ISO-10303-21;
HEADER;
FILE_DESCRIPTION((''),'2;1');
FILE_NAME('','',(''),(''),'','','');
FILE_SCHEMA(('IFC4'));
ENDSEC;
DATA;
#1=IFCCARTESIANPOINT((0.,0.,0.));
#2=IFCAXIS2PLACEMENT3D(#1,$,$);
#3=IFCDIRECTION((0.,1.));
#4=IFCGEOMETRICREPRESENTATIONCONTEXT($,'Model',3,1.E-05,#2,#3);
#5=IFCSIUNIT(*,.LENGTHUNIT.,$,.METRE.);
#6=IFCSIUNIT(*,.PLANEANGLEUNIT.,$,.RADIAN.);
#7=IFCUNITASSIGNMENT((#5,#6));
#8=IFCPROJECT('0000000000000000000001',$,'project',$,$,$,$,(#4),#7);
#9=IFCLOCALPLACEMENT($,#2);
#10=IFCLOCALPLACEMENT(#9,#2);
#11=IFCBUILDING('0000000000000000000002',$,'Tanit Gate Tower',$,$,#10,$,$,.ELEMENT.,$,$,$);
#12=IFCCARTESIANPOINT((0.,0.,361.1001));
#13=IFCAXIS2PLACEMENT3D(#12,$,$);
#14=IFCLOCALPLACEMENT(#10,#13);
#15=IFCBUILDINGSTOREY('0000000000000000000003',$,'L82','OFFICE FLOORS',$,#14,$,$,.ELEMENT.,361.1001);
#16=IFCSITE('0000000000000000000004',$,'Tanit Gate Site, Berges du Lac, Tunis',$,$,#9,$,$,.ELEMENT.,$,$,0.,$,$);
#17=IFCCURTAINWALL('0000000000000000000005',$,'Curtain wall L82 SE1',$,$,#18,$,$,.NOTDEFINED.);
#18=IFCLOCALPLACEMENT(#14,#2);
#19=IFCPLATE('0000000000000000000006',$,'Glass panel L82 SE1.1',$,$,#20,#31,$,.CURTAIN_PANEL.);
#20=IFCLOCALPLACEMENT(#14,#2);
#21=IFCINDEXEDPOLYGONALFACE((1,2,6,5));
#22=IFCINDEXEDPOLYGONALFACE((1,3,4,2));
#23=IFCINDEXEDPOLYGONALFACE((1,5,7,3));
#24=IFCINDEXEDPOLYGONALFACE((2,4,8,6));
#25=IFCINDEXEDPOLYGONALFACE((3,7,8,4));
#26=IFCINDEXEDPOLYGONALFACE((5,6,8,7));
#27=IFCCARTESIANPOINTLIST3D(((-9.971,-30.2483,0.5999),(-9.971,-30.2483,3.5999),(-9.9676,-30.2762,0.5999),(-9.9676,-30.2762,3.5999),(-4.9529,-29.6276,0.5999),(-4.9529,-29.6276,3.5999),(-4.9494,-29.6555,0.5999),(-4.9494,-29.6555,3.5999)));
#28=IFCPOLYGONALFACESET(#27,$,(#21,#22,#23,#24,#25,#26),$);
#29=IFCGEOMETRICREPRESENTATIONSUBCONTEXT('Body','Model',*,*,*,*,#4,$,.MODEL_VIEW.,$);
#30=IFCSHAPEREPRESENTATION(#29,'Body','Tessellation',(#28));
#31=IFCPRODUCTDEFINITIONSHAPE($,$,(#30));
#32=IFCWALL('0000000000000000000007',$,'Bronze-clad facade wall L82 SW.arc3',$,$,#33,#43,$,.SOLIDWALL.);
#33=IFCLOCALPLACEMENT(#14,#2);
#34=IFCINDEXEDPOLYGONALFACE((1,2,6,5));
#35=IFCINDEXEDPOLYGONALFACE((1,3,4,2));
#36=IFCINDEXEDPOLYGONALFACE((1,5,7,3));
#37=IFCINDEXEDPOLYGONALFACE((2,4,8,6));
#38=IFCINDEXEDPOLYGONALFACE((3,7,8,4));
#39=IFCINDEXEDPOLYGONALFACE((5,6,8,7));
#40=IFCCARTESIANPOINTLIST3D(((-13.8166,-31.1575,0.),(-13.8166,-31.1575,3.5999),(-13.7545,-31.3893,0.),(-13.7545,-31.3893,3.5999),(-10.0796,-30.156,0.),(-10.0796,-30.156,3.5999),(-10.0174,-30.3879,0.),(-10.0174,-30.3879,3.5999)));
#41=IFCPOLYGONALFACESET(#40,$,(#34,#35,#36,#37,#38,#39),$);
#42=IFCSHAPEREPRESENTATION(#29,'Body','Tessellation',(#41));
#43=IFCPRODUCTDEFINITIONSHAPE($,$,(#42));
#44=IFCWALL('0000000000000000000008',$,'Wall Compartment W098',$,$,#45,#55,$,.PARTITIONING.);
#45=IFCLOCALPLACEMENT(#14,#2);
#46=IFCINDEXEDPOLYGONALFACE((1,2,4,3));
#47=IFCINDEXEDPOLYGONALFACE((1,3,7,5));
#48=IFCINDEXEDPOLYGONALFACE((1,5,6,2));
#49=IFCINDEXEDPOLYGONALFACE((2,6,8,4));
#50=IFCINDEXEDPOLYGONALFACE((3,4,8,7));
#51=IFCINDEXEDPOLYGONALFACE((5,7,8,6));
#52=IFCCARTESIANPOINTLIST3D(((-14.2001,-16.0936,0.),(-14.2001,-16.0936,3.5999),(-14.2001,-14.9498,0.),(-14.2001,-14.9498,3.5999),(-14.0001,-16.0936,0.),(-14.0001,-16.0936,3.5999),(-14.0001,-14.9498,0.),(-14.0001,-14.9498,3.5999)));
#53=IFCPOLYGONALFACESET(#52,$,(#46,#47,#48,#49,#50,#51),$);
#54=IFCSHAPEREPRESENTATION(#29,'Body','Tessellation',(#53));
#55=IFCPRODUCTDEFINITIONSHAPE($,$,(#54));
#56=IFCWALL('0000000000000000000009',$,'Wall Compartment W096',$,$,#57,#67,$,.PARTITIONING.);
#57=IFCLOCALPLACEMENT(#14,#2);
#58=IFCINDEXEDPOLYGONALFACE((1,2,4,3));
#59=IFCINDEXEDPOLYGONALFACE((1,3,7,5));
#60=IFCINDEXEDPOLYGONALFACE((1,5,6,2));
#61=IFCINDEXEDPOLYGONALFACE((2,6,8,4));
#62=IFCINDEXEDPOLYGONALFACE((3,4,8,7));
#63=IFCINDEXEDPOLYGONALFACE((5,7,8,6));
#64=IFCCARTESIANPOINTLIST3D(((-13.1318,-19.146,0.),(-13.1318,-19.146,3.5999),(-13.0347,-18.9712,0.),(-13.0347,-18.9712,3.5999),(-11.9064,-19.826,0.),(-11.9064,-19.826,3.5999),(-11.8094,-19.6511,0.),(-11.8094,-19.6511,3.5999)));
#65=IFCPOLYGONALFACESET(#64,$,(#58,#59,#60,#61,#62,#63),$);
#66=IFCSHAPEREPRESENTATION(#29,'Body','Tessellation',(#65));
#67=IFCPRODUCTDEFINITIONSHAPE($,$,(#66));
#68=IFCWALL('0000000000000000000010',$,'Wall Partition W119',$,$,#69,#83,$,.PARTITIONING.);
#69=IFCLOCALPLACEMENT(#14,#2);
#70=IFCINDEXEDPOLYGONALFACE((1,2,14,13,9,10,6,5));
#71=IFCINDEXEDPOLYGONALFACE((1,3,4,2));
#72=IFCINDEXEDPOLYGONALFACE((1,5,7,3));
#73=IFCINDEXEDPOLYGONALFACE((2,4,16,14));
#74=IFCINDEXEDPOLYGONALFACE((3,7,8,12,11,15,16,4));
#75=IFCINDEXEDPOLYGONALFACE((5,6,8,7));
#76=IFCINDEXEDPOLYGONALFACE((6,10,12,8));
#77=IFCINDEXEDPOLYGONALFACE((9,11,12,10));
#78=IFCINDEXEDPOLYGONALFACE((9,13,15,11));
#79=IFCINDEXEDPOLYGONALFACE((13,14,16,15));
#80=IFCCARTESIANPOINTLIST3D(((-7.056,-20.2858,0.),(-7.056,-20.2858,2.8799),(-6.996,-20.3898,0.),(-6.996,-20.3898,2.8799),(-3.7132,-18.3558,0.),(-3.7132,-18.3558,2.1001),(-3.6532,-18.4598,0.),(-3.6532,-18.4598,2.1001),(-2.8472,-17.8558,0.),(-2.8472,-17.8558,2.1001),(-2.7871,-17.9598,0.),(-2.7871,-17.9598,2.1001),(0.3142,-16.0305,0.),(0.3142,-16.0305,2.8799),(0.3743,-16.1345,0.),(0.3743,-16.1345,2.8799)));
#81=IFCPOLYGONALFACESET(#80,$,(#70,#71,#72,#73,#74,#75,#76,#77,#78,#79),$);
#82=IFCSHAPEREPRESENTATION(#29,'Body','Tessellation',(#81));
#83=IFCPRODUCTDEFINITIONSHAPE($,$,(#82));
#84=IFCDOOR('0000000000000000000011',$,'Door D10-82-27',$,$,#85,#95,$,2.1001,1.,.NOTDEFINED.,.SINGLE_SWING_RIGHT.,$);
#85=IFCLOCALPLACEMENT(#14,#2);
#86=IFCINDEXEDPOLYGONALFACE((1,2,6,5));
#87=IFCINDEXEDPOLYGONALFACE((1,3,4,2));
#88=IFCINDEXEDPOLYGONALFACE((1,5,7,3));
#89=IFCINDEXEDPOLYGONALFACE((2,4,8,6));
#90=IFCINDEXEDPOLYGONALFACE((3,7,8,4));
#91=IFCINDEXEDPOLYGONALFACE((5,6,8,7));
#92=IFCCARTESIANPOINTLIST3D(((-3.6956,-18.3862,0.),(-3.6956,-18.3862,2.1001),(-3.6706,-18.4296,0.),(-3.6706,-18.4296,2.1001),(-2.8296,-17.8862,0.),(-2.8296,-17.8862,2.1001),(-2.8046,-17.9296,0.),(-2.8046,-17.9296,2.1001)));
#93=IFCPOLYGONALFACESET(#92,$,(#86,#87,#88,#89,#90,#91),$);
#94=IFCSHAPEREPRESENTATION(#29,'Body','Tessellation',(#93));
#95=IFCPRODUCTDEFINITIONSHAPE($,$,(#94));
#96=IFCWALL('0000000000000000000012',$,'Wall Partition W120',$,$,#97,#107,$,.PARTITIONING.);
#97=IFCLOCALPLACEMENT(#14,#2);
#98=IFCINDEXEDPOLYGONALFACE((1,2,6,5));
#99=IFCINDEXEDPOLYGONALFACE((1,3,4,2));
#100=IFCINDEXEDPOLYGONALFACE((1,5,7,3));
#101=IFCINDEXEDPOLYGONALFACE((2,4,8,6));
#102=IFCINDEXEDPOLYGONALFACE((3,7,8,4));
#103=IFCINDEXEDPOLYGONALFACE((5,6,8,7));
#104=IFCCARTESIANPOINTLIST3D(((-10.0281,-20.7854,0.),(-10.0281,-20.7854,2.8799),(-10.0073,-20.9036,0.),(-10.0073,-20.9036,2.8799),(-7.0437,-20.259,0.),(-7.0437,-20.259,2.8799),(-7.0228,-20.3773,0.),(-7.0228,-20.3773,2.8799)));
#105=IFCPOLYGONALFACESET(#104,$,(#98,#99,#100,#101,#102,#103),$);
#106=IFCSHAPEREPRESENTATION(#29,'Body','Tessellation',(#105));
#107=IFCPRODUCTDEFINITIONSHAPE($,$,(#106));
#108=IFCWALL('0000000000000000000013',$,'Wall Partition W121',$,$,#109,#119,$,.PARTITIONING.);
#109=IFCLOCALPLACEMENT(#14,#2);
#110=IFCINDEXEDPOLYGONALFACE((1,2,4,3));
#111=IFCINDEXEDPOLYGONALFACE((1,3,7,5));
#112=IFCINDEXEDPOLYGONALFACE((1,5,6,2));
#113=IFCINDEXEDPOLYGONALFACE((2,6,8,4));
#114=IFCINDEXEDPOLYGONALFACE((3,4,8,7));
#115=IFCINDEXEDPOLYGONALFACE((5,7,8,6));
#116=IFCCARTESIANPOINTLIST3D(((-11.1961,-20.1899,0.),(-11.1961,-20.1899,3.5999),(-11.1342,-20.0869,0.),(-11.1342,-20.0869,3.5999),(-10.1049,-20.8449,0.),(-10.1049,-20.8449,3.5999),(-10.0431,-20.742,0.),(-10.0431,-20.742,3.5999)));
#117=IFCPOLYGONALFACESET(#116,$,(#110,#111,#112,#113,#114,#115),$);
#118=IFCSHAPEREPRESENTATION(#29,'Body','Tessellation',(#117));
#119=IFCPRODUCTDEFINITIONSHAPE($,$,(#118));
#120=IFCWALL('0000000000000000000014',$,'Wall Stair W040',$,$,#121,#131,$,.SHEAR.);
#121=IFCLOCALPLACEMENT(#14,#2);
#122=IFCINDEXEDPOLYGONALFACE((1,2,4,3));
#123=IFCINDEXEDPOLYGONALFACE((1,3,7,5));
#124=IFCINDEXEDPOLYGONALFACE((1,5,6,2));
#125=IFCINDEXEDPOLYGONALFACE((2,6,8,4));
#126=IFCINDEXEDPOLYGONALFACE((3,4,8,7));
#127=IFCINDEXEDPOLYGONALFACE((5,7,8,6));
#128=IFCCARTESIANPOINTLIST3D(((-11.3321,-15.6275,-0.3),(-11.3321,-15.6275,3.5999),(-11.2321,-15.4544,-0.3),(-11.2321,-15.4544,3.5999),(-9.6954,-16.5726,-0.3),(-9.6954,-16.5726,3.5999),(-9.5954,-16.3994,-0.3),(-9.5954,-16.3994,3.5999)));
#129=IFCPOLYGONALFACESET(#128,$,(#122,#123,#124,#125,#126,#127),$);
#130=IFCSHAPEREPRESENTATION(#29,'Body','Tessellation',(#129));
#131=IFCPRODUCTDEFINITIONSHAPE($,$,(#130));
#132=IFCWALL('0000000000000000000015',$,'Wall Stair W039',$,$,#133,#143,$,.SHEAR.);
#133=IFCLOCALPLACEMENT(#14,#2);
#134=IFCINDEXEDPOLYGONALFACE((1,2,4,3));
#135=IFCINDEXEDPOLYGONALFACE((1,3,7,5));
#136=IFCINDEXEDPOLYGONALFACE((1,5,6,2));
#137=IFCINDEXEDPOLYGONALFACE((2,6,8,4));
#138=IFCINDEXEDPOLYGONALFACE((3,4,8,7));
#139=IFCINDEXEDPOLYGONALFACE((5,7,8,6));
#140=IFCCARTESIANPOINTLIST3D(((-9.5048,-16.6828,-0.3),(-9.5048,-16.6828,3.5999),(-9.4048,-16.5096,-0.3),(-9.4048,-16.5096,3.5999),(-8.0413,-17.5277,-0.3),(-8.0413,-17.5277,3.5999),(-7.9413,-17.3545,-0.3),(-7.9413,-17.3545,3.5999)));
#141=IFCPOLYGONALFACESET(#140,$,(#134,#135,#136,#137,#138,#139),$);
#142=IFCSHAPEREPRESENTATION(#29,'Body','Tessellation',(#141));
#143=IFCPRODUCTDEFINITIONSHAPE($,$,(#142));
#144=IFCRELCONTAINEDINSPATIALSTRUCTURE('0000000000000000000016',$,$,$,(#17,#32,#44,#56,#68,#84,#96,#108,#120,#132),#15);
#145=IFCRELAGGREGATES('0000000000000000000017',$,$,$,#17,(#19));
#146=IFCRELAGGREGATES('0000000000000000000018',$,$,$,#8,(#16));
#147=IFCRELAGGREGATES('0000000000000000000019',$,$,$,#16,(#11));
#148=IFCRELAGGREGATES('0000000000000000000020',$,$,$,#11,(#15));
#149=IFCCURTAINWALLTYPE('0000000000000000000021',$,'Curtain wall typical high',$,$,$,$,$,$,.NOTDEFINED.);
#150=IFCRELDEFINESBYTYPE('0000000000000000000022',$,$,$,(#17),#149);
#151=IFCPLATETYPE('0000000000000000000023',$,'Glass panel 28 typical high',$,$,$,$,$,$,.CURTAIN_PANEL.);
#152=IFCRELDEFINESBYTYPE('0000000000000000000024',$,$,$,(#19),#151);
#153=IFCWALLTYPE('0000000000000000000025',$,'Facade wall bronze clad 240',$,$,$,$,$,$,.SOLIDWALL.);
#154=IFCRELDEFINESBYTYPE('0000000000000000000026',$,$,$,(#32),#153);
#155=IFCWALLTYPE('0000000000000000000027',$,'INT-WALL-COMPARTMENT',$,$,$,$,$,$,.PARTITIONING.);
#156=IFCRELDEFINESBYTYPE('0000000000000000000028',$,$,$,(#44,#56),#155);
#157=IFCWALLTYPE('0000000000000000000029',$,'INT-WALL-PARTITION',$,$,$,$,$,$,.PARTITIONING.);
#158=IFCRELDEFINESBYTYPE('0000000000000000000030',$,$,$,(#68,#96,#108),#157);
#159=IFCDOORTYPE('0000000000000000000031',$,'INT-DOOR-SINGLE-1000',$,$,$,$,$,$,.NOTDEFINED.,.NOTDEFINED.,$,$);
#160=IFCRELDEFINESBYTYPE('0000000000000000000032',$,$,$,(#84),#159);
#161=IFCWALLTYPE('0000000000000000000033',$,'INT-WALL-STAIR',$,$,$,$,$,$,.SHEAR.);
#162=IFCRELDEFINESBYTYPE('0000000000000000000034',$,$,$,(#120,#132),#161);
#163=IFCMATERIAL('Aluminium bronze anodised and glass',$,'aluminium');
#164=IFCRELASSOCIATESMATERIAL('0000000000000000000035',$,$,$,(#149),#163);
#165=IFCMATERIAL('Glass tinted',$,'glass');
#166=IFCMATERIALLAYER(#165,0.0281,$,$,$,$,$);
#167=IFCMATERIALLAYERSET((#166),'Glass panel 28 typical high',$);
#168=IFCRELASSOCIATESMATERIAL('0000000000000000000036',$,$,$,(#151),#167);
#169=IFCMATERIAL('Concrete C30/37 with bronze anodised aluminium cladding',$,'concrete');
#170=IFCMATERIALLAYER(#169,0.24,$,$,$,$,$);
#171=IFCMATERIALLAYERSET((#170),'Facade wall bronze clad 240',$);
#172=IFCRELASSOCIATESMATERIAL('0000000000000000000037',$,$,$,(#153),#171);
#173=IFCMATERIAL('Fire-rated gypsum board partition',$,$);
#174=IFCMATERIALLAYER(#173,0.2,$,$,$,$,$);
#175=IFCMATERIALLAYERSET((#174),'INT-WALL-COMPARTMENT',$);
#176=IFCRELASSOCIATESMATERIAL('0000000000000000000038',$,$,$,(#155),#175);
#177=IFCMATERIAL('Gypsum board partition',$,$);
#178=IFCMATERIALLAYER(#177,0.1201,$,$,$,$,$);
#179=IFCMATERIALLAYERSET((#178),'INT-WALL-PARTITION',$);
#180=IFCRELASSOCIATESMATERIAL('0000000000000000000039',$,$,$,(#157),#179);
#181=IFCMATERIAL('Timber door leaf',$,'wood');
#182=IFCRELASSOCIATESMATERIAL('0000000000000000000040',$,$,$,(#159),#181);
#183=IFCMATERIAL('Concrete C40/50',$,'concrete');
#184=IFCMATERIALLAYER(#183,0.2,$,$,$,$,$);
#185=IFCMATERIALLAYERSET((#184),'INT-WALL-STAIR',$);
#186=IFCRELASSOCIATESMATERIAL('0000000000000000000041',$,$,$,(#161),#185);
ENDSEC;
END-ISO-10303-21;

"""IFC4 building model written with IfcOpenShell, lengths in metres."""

from ifc_helpers import new_model, si_unit, direction, frame, frame_2d, origin, origin_2d, place, context, subcontext, project, spatial, rectangle, extrude, material, layer, layer_set, type_object, element, fill, aggregate, save


model = new_model("IFC4")

# Units and contexts
model_context = context("Model", 3, precision=1e-05, world=origin(), true_north=direction((0.0, 1.0)))
body_context = subcontext(model_context, "Body", "Model", "MODEL_VIEW")
ifc_project = project(units=[si_unit("LENGTHUNIT", "METRE"), si_unit("PLANEANGLEUNIT", "RADIAN")], contexts=[model_context])

# Site, building, storey
site_placement = place(None, origin())
site = spatial("IfcSite", under=ifc_project, at=site_placement, Name="Tanit Gate Site, Berges du Lac, Tunis", CompositionType="ELEMENT", RefElevation=0.0)
building_placement = place(site_placement, origin())
building = spatial("IfcBuilding", under=site, at=building_placement, Name="Tanit Gate Tower", CompositionType="ELEMENT")
storey_placement = place(building_placement, frame((0.0, 0.0, 361.1001)))
storey = spatial("IfcBuildingStorey", under=building, at=storey_placement, Name="L82", Description="OFFICE FLOORS", CompositionType="ELEMENT", Elevation=361.1001)

# Curtain wall
ifc_material_1 = material(Name="Aluminium bronze anodised and glass", Category="aluminium")
curtain_wall_type = type_object("IfcCurtainWallType", Name="Curtain wall typical high", PredefinedType="NOTDEFINED", material=ifc_material_1)
curtain_wall_placement = place(storey_placement, origin())
curtain_wall = element("IfcCurtainWall", 1, at=curtain_wall_placement, inside=storey, type_object=curtain_wall_type, Name="Curtain wall L82 SE1", PredefinedType="NOTDEFINED")

# Plate
ifc_material_2 = material(Name="Glass tinted", Category="glass")
ifc_layer_1 = layer(ifc_material_2, 0.0281)
ifc_layer_set_1 = layer_set([ifc_layer_1], Name="Glass panel 28 typical high")
plate_type = type_object("IfcPlateType", Name="Glass panel 28 typical high", PredefinedType="CURTAIN_PANEL", material=ifc_layer_set_1)
plate_placement = place(storey_placement, frame((-7.4602, -29.9519, 0.5999), z_axis=(0.0, 0.0, 1.0), x_axis=(0.992436, 0.122759, 0.0)))
plate = element("IfcPlate", 2, at=plate_placement, type_object=plate_type, Name="Glass panel L82 SE1.1", PredefinedType="CURTAIN_PANEL", context=body_context, shape_type="SweptSolid", body=[
    extrude(rectangle(XDim=5.0564, YDim=0.0281, at=origin_2d()), origin(), (0.0, 0.0, 1.0), 3.0),
])
aggregate(curtain_wall, [plate])

# Walls
ifc_material_3 = material(Name="Concrete C30/37 with bronze anodised aluminium cladding", Category="concrete")
ifc_layer_2 = layer(ifc_material_3, 0.24)
ifc_layer_set_2 = layer_set([ifc_layer_2], Name="Facade wall bronze clad 240")
wall_type_1 = type_object("IfcWallType", Name="Facade wall bronze clad 240", PredefinedType="SOLIDWALL", material=ifc_layer_set_2)
wall_1_placement = place(storey_placement, frame((-13.7856, -31.2734, 0.0), z_axis=(0.0, 0.0, 1.0), x_axis=(0.965918, 0.258849, 0.0)))
element("IfcWall", 3, at=wall_1_placement, inside=storey, type_object=wall_type_1, Name="Bronze-clad facade wall L82 SW.arc3", PredefinedType="SOLIDWALL", context=body_context, shape_type="SweptSolid", body=[
    extrude(rectangle(XDim=3.8689, YDim=0.24, at=frame_2d((1.9346, 0.0))), origin(), (0.0, 0.0, 1.0), 3.5999),
])
ifc_material_4 = material(Name="Fire-rated gypsum board partition")
ifc_layer_3 = layer(ifc_material_4, 0.2)
ifc_layer_set_3 = layer_set([ifc_layer_3], Name="INT-WALL-COMPARTMENT")
wall_type_2 = type_object("IfcWallType", Name="INT-WALL-COMPARTMENT", PredefinedType="PARTITIONING", material=ifc_layer_set_3)
wall_2_placement = place(storey_placement, frame((-14.1001, -14.95, 0.0), z_axis=(0.0, 0.0, 1.0), x_axis=(0.0, -1.0, 0.0)))
element("IfcWall", 4, at=wall_2_placement, inside=storey, type_object=wall_type_2, Name="Wall Compartment W098", PredefinedType="PARTITIONING", context=body_context, shape_type="SweptSolid", body=[
    extrude(rectangle(XDim=1.1438, YDim=0.2, at=frame_2d((0.5718, 0.0))), origin(), (0.0, 0.0, 1.0), 3.5999),
])
wall_3_placement = place(storey_placement, frame((-13.0833, -19.0586, 0.0), z_axis=(0.0, 0.0, 1.0), x_axis=(0.874404, -0.485199, 0.0)))
element("IfcWall", 5, at=wall_3_placement, inside=storey, type_object=wall_type_2, Name="Wall Compartment W096", PredefinedType="PARTITIONING", context=body_context, shape_type="SweptSolid", body=[
    extrude(rectangle(XDim=1.4014, YDim=0.2, at=frame_2d((0.7007, 0.0))), origin(), (0.0, 0.0, 1.0), 3.5999),
])

# Wall, opening, door
ifc_material_5 = material(Name="Gypsum board partition")
ifc_layer_4 = layer(ifc_material_5, 0.1201)
ifc_layer_set_4 = layer_set([ifc_layer_4], Name="INT-WALL-PARTITION")
wall_type_3 = type_object("IfcWallType", Name="INT-WALL-PARTITION", PredefinedType="PARTITIONING", material=ifc_layer_set_4)
wall_4_placement = place(storey_placement, frame((-7.0261, -20.3379, 0.0), z_axis=(0.0, 0.0, 1.0), x_axis=(0.866021, 0.500008, 0.0)))
wall_4 = element("IfcWall", 6, at=wall_4_placement, inside=storey, type_object=wall_type_3, Name="Wall Partition W119", PredefinedType="PARTITIONING", context=body_context, shape_type="SweptSolid", body=[
    extrude(rectangle(XDim=8.5105, YDim=0.1201, at=frame_2d((4.2554, 0.0))), origin(), (0.0, 0.0, 1.0), 2.8799),
])
opening_1_placement = place(wall_4_placement, frame((3.8601, 0.0, 0.0)))
opening_1 = element("IfcOpeningElement", 7, at=opening_1_placement, cuts=wall_4, PredefinedType="OPENING", context=body_context, shape_type="SweptSolid", body=[
    extrude(rectangle(XDim=1.0, YDim=2.1001, at=frame_2d((0.5, 1.05))), frame((0.0, 0.0701, 0.0), z_axis=(0.0, -1.0, 0.0), x_axis=(1.0, 0.0, 0.0)), (0.0, 0.0, 1.0), 0.1401),
])
ifc_material_6 = material(Name="Timber door leaf", Category="wood")
door_type_1 = type_object("IfcDoorType", Name="INT-DOOR-SINGLE-1000", OperationType="NOTDEFINED", PredefinedType="NOTDEFINED", material=ifc_material_6)
door_1_placement = place(opening_1_placement, origin())
door_1 = element("IfcDoor", 8, at=door_1_placement, inside=storey, type_object=door_type_1, Name="Door D10-82-27", OperationType="SINGLE_SWING_RIGHT", OverallHeight=2.1001, OverallWidth=1.0, PredefinedType="NOTDEFINED", context=body_context, shape_type="SweptSolid", body=[
    extrude(rectangle(XDim=1.0, YDim=2.1001, at=frame_2d((0.5, 1.05))), frame((0.0, 0.0249, 0.0), z_axis=(0.0, -1.0, 0.0), x_axis=(1.0, 0.0, 0.0)), (0.0, 0.0, 1.0), 0.05),
])
fill(opening_1, door_1)

# Walls
wall_5_placement = place(storey_placement, frame((-10.0176, -20.8445, 0.0), z_axis=(0.0, 0.0, 1.0), x_axis=(0.9848, 0.173693, 0.0)))
element("IfcWall", 9, at=wall_5_placement, inside=storey, type_object=wall_type_3, Name="Wall Partition W120", PredefinedType="PARTITIONING", context=body_context, shape_type="SweptSolid", body=[
    extrude(rectangle(XDim=3.0305, YDim=0.1201, at=frame_2d((1.5151, 0.0))), origin(), (0.0, 0.0, 1.0), 2.8799),
])
wall_6_placement = place(storey_placement, frame((-11.165, -20.1384, 0.0), z_axis=(0.0, 0.0, 1.0), x_axis=(0.857357, -0.514721, 0.0)))
element("IfcWall", 10, at=wall_6_placement, inside=storey, type_object=wall_type_3, Name="Wall Partition W121", PredefinedType="PARTITIONING", context=body_context, shape_type="SweptSolid", body=[
    extrude(rectangle(XDim=1.2727, YDim=0.1201, at=frame_2d((0.6362, 0.0))), origin(), (0.0, 0.0, 1.0), 3.5999),
])
ifc_material_7 = material(Name="Concrete C40/50", Category="concrete")
ifc_layer_5 = layer(ifc_material_7, 0.2)
ifc_layer_set_5 = layer_set([ifc_layer_5], Name="INT-WALL-STAIR")
wall_type_4 = type_object("IfcWallType", Name="INT-WALL-STAIR", PredefinedType="SHEAR", material=ifc_layer_set_5)
wall_7_placement = place(storey_placement, frame((-11.282, -15.541, -0.3), z_axis=(0.0, 0.0, 1.0), x_axis=(0.866001, -0.500043, 0.0)))
element("IfcWall", 11, at=wall_7_placement, inside=storey, type_object=wall_type_4, Name="Wall Stair W040", PredefinedType="SHEAR", context=body_context, shape_type="SweptSolid", body=[
    extrude(rectangle(XDim=1.8899, YDim=0.2, at=frame_2d((0.9448, 0.0))), origin(), (0.0, 0.0, 1.0), 3.8999),
])
wall_8_placement = place(storey_placement, frame((-9.4548, -16.5962, -0.3), z_axis=(0.0, 0.0, 1.0), x_axis=(0.866039, -0.499977, 0.0)))
element("IfcWall", 12, at=wall_8_placement, inside=storey, type_object=wall_type_4, Name="Wall Stair W039", PredefinedType="SHEAR", context=body_context, shape_type="SweptSolid", body=[
    extrude(rectangle(XDim=1.6899, YDim=0.2, at=frame_2d((0.845, 0.0))), origin(), (0.0, 0.0, 1.0), 3.8999),
])

save(model, "model.ifc")
